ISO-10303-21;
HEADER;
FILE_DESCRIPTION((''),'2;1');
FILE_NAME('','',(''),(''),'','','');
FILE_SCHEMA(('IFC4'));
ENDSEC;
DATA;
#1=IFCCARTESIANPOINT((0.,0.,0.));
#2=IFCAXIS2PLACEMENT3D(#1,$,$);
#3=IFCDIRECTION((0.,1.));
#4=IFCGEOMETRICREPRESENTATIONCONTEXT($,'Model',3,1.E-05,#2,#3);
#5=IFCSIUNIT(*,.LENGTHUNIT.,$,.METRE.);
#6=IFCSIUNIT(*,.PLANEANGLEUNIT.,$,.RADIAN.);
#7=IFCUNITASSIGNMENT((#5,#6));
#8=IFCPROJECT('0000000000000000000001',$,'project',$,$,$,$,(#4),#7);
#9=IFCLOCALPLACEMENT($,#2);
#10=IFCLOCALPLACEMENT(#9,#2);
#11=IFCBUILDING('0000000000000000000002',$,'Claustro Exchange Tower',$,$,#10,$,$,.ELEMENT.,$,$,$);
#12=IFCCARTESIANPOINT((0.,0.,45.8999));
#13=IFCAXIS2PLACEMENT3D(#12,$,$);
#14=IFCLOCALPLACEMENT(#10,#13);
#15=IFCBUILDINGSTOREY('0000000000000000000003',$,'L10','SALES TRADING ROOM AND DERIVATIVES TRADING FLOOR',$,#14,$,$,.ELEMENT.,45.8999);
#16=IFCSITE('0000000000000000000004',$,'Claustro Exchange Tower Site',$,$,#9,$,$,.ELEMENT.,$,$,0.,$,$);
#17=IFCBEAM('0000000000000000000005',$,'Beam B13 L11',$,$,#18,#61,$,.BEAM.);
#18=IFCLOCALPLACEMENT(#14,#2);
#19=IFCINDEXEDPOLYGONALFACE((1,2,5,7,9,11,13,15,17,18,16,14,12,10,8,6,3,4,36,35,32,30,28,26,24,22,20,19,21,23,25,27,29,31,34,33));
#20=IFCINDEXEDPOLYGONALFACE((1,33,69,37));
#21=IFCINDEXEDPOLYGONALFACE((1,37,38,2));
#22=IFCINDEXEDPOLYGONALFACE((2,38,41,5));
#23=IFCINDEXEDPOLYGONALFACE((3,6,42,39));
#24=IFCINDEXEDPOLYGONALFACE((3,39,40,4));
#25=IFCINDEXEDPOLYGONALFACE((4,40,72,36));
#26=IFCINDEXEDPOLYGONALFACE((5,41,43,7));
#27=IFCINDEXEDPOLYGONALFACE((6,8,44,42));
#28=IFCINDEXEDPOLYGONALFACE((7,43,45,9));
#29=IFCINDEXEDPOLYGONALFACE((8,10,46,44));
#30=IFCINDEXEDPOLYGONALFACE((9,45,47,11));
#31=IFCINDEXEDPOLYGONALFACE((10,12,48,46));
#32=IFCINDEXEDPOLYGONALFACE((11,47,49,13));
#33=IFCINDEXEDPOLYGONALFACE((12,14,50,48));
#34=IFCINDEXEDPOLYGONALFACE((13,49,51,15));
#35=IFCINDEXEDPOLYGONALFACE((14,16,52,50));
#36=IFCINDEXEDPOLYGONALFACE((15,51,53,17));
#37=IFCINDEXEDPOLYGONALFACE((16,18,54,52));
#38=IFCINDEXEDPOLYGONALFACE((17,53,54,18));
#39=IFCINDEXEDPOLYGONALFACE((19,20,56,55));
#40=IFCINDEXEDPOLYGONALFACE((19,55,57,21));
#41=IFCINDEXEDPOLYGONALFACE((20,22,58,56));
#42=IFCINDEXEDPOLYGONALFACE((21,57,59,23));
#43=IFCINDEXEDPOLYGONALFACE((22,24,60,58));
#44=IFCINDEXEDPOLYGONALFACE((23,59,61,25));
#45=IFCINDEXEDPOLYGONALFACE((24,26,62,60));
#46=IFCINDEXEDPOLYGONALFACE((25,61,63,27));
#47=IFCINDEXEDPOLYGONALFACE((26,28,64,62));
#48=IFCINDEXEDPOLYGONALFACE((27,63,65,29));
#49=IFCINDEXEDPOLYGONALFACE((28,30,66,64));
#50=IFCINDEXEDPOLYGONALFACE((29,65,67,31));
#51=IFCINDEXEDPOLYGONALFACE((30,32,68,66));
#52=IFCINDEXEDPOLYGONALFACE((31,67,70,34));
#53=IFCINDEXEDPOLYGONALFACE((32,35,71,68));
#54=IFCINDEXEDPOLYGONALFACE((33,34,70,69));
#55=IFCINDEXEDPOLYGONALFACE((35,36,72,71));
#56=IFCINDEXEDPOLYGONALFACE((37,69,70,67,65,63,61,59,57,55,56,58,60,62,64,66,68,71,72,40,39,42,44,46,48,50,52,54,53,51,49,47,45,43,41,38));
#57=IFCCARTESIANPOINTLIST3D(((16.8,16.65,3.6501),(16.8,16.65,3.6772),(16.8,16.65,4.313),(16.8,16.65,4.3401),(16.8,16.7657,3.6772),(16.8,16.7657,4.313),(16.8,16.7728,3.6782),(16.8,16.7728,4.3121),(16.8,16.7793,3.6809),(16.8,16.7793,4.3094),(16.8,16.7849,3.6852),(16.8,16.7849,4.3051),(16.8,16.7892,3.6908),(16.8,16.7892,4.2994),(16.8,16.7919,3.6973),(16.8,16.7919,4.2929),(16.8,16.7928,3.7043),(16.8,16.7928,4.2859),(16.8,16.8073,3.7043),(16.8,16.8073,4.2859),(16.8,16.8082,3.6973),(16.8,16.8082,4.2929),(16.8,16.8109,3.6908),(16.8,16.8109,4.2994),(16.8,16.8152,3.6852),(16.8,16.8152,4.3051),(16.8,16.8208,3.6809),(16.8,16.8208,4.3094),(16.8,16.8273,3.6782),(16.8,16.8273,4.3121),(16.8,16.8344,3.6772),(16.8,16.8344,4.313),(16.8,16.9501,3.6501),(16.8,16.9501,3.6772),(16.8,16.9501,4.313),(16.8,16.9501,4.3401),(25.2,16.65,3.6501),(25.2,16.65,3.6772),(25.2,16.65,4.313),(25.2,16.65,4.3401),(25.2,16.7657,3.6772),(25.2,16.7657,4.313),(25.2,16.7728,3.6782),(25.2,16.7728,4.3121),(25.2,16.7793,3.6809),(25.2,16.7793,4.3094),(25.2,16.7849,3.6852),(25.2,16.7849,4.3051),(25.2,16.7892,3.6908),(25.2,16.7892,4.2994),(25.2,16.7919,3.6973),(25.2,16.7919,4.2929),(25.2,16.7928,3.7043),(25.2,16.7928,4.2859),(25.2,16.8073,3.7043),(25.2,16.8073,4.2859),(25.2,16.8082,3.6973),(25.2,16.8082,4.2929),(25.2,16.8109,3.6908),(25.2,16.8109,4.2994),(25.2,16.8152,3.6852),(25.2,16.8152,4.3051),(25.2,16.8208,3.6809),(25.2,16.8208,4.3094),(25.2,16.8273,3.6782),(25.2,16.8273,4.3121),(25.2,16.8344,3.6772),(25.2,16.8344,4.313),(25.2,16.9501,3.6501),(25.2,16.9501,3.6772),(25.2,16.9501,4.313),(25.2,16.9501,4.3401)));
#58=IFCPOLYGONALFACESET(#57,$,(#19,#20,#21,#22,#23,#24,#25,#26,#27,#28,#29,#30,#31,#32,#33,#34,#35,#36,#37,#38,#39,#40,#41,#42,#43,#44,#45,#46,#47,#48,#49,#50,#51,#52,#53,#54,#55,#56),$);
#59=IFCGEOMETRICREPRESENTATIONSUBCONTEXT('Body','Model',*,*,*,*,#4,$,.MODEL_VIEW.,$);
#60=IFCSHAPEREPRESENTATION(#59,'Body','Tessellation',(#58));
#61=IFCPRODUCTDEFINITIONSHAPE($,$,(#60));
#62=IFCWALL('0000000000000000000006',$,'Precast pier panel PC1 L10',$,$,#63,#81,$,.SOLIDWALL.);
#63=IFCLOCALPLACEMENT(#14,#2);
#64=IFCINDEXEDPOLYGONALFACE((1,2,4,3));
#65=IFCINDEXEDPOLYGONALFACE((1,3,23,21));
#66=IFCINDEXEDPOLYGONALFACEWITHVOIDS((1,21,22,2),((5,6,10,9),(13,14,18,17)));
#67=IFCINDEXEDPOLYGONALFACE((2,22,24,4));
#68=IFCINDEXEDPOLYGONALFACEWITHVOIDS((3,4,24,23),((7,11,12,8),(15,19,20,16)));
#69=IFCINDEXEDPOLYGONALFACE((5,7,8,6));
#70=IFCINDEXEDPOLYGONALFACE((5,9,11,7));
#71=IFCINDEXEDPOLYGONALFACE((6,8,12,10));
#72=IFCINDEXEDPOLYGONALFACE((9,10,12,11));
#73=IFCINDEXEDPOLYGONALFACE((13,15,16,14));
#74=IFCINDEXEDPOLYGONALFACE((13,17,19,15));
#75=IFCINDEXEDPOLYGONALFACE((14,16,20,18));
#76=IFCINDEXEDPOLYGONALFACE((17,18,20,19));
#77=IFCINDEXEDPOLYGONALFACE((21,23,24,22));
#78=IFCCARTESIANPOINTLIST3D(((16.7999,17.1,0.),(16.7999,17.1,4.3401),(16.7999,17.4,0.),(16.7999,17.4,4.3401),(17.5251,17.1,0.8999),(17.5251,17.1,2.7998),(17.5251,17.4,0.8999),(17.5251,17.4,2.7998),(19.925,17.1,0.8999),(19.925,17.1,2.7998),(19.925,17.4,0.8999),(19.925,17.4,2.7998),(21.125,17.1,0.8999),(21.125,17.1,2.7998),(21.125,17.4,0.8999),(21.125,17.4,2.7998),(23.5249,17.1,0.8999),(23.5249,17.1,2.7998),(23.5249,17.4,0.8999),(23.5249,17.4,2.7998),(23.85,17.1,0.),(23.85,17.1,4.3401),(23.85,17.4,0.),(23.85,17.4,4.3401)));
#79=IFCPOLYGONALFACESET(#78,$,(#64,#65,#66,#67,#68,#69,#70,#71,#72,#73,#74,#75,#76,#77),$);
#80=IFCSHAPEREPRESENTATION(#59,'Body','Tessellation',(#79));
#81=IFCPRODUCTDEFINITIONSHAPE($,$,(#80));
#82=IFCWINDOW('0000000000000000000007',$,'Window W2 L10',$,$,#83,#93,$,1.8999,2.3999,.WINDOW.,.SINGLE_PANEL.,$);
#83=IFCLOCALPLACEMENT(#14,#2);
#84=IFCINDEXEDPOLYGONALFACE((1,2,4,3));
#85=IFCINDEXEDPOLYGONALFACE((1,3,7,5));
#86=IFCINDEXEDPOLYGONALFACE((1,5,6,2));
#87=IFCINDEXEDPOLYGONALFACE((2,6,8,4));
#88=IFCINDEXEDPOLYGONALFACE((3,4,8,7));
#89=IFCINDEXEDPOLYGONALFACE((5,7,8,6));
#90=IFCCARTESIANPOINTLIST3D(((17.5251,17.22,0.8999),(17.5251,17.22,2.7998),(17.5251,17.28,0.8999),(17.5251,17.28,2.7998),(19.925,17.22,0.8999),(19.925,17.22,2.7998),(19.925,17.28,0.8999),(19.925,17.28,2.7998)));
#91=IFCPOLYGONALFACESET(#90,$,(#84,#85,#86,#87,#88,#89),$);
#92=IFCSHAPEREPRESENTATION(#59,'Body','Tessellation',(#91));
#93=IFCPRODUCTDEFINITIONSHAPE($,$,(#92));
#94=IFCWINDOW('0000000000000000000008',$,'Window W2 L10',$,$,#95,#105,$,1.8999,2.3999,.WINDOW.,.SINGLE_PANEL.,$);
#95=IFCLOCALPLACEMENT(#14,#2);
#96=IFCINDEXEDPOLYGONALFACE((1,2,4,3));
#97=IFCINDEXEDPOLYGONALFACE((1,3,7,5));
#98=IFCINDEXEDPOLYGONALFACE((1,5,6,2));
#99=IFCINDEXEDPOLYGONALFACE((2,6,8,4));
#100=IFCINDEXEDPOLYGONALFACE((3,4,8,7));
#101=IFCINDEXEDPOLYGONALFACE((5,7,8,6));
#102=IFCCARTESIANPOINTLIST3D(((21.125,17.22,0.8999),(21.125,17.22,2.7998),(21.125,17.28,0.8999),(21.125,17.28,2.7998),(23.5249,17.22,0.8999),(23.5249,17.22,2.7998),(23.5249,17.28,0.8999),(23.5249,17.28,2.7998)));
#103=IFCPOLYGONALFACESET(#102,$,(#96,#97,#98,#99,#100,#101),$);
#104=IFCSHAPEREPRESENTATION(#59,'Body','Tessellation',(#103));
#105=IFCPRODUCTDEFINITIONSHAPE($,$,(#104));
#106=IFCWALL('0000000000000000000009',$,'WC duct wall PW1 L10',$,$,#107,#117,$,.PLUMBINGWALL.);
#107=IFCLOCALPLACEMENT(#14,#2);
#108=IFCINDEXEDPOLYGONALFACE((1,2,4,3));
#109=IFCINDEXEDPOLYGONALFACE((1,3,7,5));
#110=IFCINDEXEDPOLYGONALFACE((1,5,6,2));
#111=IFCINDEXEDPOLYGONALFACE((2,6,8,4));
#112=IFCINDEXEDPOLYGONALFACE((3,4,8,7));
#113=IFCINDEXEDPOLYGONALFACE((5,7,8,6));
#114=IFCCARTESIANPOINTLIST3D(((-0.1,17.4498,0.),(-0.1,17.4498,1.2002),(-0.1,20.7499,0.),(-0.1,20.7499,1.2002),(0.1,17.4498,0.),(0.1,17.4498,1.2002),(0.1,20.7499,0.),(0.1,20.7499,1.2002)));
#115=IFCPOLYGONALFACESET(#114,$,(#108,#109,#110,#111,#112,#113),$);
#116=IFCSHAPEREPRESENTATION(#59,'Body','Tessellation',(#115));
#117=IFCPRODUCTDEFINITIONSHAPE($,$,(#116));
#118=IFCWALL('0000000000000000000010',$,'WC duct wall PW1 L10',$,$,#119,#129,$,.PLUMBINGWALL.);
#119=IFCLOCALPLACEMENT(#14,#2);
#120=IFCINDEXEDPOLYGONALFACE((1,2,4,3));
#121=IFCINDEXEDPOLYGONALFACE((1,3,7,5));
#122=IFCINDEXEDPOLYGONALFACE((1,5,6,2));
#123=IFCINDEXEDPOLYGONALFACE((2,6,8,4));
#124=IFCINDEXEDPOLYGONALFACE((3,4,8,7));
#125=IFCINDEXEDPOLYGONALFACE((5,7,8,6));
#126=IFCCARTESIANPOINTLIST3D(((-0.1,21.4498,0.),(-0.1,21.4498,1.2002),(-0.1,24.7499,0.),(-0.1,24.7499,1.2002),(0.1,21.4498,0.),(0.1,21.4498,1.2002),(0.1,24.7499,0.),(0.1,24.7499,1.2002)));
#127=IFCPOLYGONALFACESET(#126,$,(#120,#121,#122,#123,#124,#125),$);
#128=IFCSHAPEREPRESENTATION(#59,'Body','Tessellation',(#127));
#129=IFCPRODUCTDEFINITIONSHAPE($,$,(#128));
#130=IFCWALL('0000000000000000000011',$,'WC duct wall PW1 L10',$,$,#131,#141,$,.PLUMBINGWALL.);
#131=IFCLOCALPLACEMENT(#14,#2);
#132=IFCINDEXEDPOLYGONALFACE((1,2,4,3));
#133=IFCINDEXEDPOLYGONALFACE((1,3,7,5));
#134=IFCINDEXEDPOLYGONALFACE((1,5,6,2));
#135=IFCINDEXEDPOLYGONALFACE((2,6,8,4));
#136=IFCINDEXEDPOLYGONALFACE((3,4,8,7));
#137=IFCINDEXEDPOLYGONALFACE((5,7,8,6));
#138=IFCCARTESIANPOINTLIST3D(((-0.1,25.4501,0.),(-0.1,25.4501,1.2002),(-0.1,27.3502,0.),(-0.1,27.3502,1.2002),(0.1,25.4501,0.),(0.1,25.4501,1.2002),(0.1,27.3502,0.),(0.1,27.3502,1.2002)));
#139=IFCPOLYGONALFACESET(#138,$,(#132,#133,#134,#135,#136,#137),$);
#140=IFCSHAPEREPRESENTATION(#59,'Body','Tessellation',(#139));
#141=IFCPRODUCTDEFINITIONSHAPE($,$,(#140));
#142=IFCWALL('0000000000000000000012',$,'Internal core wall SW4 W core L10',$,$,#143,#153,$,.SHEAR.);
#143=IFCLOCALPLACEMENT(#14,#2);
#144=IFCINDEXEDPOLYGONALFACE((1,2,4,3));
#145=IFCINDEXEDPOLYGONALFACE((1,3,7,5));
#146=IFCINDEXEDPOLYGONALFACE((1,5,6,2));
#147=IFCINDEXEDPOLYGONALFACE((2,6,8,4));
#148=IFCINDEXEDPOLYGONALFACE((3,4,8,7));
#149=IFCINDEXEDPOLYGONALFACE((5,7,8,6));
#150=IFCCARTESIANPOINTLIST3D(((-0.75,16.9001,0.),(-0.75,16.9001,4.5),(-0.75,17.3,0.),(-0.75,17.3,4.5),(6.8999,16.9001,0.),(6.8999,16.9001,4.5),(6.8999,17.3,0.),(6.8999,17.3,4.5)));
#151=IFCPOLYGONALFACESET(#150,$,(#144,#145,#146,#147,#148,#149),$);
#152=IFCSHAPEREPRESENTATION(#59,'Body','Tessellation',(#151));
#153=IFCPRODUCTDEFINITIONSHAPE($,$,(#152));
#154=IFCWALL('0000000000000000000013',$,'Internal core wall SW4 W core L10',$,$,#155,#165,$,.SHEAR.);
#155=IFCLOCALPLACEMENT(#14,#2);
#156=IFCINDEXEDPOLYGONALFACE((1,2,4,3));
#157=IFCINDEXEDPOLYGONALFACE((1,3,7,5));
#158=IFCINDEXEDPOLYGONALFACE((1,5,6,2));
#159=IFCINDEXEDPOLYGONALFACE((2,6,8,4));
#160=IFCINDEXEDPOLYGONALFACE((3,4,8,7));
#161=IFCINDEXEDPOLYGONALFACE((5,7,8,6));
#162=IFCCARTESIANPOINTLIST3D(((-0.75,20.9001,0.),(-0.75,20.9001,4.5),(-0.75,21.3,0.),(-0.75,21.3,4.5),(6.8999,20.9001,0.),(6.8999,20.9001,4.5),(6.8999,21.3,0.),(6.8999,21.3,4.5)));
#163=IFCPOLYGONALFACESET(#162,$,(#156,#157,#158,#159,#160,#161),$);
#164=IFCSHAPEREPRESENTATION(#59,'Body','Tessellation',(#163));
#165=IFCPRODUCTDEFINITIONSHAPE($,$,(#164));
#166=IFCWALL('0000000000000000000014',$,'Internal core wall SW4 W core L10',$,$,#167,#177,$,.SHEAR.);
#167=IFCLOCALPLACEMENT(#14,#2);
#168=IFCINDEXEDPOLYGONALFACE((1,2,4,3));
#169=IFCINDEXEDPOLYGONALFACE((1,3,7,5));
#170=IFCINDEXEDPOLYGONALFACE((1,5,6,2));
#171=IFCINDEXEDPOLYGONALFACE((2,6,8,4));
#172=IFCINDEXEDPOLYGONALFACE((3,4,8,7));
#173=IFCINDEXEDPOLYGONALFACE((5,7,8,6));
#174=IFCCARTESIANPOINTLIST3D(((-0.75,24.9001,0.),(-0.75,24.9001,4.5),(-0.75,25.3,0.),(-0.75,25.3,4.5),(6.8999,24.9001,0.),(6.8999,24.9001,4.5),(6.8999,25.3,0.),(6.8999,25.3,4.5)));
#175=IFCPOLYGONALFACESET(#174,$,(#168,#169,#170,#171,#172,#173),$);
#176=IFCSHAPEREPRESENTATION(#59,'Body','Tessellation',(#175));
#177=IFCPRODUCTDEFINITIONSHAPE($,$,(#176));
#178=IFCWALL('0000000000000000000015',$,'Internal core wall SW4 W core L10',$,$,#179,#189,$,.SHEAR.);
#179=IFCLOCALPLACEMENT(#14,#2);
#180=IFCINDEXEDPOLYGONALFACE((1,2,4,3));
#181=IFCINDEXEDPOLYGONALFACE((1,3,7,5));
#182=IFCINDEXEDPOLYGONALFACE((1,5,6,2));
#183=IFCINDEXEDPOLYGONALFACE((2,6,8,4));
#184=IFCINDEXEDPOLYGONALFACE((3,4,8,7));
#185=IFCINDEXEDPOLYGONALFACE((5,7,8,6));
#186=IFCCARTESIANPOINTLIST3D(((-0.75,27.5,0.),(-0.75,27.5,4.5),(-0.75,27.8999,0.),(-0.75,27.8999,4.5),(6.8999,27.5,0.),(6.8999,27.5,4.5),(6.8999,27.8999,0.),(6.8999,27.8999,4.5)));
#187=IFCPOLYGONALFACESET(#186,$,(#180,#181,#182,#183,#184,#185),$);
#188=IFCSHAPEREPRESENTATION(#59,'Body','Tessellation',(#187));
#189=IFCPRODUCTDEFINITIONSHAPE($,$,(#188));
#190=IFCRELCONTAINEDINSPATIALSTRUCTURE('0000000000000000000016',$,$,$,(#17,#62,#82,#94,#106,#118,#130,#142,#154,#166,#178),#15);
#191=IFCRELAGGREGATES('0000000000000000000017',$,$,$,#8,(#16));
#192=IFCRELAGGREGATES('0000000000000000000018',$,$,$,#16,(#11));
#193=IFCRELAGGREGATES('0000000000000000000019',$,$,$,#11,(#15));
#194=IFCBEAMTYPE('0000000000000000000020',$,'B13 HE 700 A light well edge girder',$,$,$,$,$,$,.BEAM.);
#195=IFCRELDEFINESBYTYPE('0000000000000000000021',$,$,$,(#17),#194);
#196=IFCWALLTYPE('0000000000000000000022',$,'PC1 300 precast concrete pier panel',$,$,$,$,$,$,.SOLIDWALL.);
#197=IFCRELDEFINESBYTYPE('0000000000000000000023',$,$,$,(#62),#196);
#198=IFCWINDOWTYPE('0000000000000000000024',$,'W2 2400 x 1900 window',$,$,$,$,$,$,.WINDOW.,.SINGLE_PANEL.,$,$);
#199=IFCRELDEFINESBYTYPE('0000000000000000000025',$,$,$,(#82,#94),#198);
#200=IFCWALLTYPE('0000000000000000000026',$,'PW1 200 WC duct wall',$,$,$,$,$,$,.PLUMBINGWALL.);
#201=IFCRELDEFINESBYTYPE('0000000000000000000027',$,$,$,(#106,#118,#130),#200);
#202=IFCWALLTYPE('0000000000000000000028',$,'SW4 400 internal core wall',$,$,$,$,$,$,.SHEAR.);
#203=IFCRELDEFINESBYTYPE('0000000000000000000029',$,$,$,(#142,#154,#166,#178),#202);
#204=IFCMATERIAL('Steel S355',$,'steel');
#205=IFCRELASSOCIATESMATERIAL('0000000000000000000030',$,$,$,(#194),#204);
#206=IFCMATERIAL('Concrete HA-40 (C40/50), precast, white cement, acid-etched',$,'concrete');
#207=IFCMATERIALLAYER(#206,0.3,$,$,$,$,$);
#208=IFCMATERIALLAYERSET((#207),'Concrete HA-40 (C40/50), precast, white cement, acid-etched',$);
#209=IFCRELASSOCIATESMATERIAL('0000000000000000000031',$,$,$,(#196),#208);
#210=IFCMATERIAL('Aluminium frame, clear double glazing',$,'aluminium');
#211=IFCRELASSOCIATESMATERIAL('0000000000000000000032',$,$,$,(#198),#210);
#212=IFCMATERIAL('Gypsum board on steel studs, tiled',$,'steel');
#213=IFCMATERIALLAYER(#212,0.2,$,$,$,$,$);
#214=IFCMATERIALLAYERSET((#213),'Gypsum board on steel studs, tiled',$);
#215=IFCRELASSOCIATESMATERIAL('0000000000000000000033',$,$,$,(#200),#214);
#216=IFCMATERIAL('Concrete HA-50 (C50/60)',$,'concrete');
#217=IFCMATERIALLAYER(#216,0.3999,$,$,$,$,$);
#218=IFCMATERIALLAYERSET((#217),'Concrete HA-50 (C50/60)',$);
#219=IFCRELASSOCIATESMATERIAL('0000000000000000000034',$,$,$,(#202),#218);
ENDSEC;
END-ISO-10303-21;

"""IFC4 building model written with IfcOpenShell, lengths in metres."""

from ifc_helpers import new_model, si_unit, direction, frame, frame_2d, origin, origin_2d, place, context, subcontext, project, spatial, rectangle, i_section, extrude, material, layer, layer_set, material_profile, profile_set, type_object, element, fill, save


model = new_model("IFC4")

# Units and contexts
model_context = context("Model", 3, precision=1e-05, world=origin(), true_north=direction((0.0, 1.0)))
body_context = subcontext(model_context, "Body", "Model", "MODEL_VIEW")
ifc_project = project(units=[si_unit("LENGTHUNIT", "METRE"), si_unit("PLANEANGLEUNIT", "RADIAN")], contexts=[model_context])

# Site, building, storey
site_placement = place(None, origin())
site = spatial("IfcSite", under=ifc_project, at=site_placement, Name="Claustro Exchange Tower Site", CompositionType="ELEMENT", RefElevation=0.0)
building_placement = place(site_placement, origin())
building = spatial("IfcBuilding", under=site, at=building_placement, Name="Claustro Exchange Tower", CompositionType="ELEMENT")
storey_placement = place(building_placement, frame((0.0, 0.0, 45.8999)))
storey = spatial("IfcBuildingStorey", under=building, at=storey_placement, Name="L10", Description="SALES TRADING ROOM AND DERIVATIVES TRADING FLOOR", CompositionType="ELEMENT", Elevation=45.8999)

# Beam
ifc_material_1 = material(Name="Steel S355", Category="steel")
ifc_material_profile = material_profile(ifc_material_1, i_section(OverallWidth=0.3, OverallDepth=0.6899, WebThickness=0.0144, FlangeThickness=0.0271, FilletRadius=0.0271, at=origin_2d()), Name="HE 700 A")
ifc_profile_set = profile_set([ifc_material_profile], Name="Steel S355")
beam_type = type_object("IfcBeamType", Name="B13 HE 700 A light well edge girder", PredefinedType="BEAM", material=ifc_profile_set)
beam_placement = place(storey_placement, frame((16.8, 16.8, 3.9951), z_axis=(1.0, 0.0, 0.0), x_axis=(0.0, 1.0, 0.0)))
element("IfcBeam", 1, at=beam_placement, inside=storey, type_object=beam_type, Name="Beam B13 L11", PredefinedType="BEAM", context=body_context, shape_type="SweptSolid", body=[
    extrude(i_section(OverallWidth=0.3, OverallDepth=0.6899, WebThickness=0.0144, FlangeThickness=0.0271, FilletRadius=0.0271, at=origin_2d()), origin(), (0.0, 0.0, 1.0), 8.3999),
])

# Wall, openings, windows
ifc_material_2 = material(Name="Concrete HA-40 (C40/50), precast, white cement, acid-etched", Category="concrete")
ifc_layer_1 = layer(ifc_material_2, 0.3)
ifc_layer_set_1 = layer_set([ifc_layer_1], Name="Concrete HA-40 (C40/50), precast, white cement, acid-etched")
wall_type_1 = type_object("IfcWallType", Name="PC1 300 precast concrete pier panel", PredefinedType="SOLIDWALL", material=ifc_layer_set_1)
wall_1_placement = place(storey_placement, frame((16.8, 17.25, 0.0), z_axis=(0.0, 0.0, 1.0), x_axis=(1.0, 0.0, 0.0)))
wall_1 = element("IfcWall", 2, at=wall_1_placement, inside=storey, type_object=wall_type_1, Name="Precast pier panel PC1 L10", PredefinedType="SOLIDWALL", context=body_context, shape_type="SweptSolid", body=[
    extrude(rectangle(XDim=7.05, YDim=0.3, at=frame_2d((3.5249, 0.0))), origin(), (0.0, 0.0, 1.0), 4.3401),
])
opening_1_placement = place(wall_1_placement, frame((0.7251, 0.0, 0.8999)))
opening_1 = element("IfcOpeningElement", 3, at=opening_1_placement, cuts=wall_1, PredefinedType="OPENING", context=body_context, shape_type="SweptSolid", body=[
    extrude(rectangle(XDim=2.3999, YDim=1.8999, at=frame_2d((1.2, 0.95))), frame((0.0, 0.1599, 0.0), z_axis=(0.0, -1.0, 0.0), x_axis=(1.0, 0.0, 0.0)), (0.0, 0.0, 1.0), 0.3201),
])
opening_2_placement = place(wall_1_placement, frame((4.325, 0.0, 0.8999)))
opening_2 = element("IfcOpeningElement", 4, at=opening_2_placement, cuts=wall_1, PredefinedType="OPENING", context=body_context, shape_type="SweptSolid", body=[
    extrude(rectangle(XDim=2.3999, YDim=1.8999, at=frame_2d((1.2, 0.95))), frame((0.0, 0.1599, 0.0), z_axis=(0.0, -1.0, 0.0), x_axis=(1.0, 0.0, 0.0)), (0.0, 0.0, 1.0), 0.3201),
])
ifc_material_3 = material(Name="Aluminium frame, clear double glazing", Category="aluminium")
window_type = type_object("IfcWindowType", Name="W2 2400 x 1900 window", PartitioningType="SINGLE_PANEL", PredefinedType="WINDOW", material=ifc_material_3)
window_1_placement = place(opening_1_placement, origin())
window_1 = element("IfcWindow", 5, at=window_1_placement, inside=storey, type_object=window_type, Name="Window W2 L10", OverallHeight=1.8999, OverallWidth=2.3999, PartitioningType="SINGLE_PANEL", PredefinedType="WINDOW", context=body_context, shape_type="SweptSolid", body=[
    extrude(rectangle(XDim=2.3999, YDim=1.8999, at=frame_2d((1.2, 0.95))), frame((0.0, 0.03, 0.0), z_axis=(0.0, -1.0, 0.0), x_axis=(1.0, 0.0, 0.0)), (0.0, 0.0, 1.0), 0.0601),
])
fill(opening_1, window_1)
window_2_placement = place(opening_2_placement, origin())
window_2 = element("IfcWindow", 6, at=window_2_placement, inside=storey, type_object=window_type, Name="Window W2 L10", OverallHeight=1.8999, OverallWidth=2.3999, PartitioningType="SINGLE_PANEL", PredefinedType="WINDOW", context=body_context, shape_type="SweptSolid", body=[
    extrude(rectangle(XDim=2.3999, YDim=1.8999, at=frame_2d((1.2, 0.95))), frame((0.0, 0.03, 0.0), z_axis=(0.0, -1.0, 0.0), x_axis=(1.0, 0.0, 0.0)), (0.0, 0.0, 1.0), 0.0601),
])
fill(opening_2, window_2)

# Walls
ifc_material_4 = material(Name="Gypsum board on steel studs, tiled", Category="steel")
ifc_layer_2 = layer(ifc_material_4, 0.2)
ifc_layer_set_2 = layer_set([ifc_layer_2], Name="Gypsum board on steel studs, tiled")
wall_type_2 = type_object("IfcWallType", Name="PW1 200 WC duct wall", PredefinedType="PLUMBINGWALL", material=ifc_layer_set_2)
for number, where, z_axis, x_axis, name in (
    (7, (0.0, 17.45, 0.0), (0.0, 0.0, 1.0), (0.0, 1.0, 0.0), "WC duct wall PW1 L10"),
    (8, (0.0, 21.45, 0.0), (0.0, 0.0, 1.0), (0.0, 1.0, 0.0), "WC duct wall PW1 L10"),
):
    element("IfcWall", number, at=place(storey_placement, frame(where, z_axis=z_axis, x_axis=x_axis)), inside=storey, type_object=wall_type_2, Name=name, PredefinedType="PLUMBINGWALL", context=body_context, shape_type="SweptSolid", body=[
        extrude(rectangle(XDim=3.3, YDim=0.2, at=frame_2d((1.6499, 0.0))), origin(), (0.0, 0.0, 1.0), 1.2002),
    ])
wall_2_placement = place(storey_placement, frame((0.0, 25.45, 0.0), z_axis=(0.0, 0.0, 1.0), x_axis=(0.0, 1.0, 0.0)))
element("IfcWall", 9, at=wall_2_placement, inside=storey, type_object=wall_type_2, Name="WC duct wall PW1 L10", PredefinedType="PLUMBINGWALL", context=body_context, shape_type="SweptSolid", body=[
    extrude(rectangle(XDim=1.9001, YDim=0.2, at=frame_2d((0.9502, 0.0))), origin(), (0.0, 0.0, 1.0), 1.2002),
])
ifc_material_5 = material(Name="Concrete HA-50 (C50/60)", Category="concrete")
ifc_layer_3 = layer(ifc_material_5, 0.3999)
ifc_layer_set_3 = layer_set([ifc_layer_3], Name="Concrete HA-50 (C50/60)")
wall_type_3 = type_object("IfcWallType", Name="SW4 400 internal core wall", PredefinedType="SHEAR", material=ifc_layer_set_3)
for number, where, z_axis, x_axis, name in (
    (10, (-0.75, 17.1001, 0.0), (0.0, 0.0, 1.0), (1.0, 0.0, 0.0), "Internal core wall SW4 W core L10"),
    (11, (-0.75, 21.1001, 0.0), (0.0, 0.0, 1.0), (1.0, 0.0, 0.0), "Internal core wall SW4 W core L10"),
    (12, (-0.75, 25.1001, 0.0), (0.0, 0.0, 1.0), (1.0, 0.0, 0.0), "Internal core wall SW4 W core L10"),
    (13, (-0.75, 27.7, 0.0), (0.0, 0.0, 1.0), (1.0, 0.0, 0.0), "Internal core wall SW4 W core L10"),
):
    element("IfcWall", number, at=place(storey_placement, frame(where, z_axis=z_axis, x_axis=x_axis)), inside=storey, type_object=wall_type_3, Name=name, PredefinedType="SHEAR", context=body_context, shape_type="SweptSolid", body=[
        extrude(rectangle(XDim=7.6499, YDim=0.3999, at=frame_2d((3.825, 0.0))), origin(), (0.0, 0.0, 1.0), 4.5),
    ])

save(model, "model.ifc")
